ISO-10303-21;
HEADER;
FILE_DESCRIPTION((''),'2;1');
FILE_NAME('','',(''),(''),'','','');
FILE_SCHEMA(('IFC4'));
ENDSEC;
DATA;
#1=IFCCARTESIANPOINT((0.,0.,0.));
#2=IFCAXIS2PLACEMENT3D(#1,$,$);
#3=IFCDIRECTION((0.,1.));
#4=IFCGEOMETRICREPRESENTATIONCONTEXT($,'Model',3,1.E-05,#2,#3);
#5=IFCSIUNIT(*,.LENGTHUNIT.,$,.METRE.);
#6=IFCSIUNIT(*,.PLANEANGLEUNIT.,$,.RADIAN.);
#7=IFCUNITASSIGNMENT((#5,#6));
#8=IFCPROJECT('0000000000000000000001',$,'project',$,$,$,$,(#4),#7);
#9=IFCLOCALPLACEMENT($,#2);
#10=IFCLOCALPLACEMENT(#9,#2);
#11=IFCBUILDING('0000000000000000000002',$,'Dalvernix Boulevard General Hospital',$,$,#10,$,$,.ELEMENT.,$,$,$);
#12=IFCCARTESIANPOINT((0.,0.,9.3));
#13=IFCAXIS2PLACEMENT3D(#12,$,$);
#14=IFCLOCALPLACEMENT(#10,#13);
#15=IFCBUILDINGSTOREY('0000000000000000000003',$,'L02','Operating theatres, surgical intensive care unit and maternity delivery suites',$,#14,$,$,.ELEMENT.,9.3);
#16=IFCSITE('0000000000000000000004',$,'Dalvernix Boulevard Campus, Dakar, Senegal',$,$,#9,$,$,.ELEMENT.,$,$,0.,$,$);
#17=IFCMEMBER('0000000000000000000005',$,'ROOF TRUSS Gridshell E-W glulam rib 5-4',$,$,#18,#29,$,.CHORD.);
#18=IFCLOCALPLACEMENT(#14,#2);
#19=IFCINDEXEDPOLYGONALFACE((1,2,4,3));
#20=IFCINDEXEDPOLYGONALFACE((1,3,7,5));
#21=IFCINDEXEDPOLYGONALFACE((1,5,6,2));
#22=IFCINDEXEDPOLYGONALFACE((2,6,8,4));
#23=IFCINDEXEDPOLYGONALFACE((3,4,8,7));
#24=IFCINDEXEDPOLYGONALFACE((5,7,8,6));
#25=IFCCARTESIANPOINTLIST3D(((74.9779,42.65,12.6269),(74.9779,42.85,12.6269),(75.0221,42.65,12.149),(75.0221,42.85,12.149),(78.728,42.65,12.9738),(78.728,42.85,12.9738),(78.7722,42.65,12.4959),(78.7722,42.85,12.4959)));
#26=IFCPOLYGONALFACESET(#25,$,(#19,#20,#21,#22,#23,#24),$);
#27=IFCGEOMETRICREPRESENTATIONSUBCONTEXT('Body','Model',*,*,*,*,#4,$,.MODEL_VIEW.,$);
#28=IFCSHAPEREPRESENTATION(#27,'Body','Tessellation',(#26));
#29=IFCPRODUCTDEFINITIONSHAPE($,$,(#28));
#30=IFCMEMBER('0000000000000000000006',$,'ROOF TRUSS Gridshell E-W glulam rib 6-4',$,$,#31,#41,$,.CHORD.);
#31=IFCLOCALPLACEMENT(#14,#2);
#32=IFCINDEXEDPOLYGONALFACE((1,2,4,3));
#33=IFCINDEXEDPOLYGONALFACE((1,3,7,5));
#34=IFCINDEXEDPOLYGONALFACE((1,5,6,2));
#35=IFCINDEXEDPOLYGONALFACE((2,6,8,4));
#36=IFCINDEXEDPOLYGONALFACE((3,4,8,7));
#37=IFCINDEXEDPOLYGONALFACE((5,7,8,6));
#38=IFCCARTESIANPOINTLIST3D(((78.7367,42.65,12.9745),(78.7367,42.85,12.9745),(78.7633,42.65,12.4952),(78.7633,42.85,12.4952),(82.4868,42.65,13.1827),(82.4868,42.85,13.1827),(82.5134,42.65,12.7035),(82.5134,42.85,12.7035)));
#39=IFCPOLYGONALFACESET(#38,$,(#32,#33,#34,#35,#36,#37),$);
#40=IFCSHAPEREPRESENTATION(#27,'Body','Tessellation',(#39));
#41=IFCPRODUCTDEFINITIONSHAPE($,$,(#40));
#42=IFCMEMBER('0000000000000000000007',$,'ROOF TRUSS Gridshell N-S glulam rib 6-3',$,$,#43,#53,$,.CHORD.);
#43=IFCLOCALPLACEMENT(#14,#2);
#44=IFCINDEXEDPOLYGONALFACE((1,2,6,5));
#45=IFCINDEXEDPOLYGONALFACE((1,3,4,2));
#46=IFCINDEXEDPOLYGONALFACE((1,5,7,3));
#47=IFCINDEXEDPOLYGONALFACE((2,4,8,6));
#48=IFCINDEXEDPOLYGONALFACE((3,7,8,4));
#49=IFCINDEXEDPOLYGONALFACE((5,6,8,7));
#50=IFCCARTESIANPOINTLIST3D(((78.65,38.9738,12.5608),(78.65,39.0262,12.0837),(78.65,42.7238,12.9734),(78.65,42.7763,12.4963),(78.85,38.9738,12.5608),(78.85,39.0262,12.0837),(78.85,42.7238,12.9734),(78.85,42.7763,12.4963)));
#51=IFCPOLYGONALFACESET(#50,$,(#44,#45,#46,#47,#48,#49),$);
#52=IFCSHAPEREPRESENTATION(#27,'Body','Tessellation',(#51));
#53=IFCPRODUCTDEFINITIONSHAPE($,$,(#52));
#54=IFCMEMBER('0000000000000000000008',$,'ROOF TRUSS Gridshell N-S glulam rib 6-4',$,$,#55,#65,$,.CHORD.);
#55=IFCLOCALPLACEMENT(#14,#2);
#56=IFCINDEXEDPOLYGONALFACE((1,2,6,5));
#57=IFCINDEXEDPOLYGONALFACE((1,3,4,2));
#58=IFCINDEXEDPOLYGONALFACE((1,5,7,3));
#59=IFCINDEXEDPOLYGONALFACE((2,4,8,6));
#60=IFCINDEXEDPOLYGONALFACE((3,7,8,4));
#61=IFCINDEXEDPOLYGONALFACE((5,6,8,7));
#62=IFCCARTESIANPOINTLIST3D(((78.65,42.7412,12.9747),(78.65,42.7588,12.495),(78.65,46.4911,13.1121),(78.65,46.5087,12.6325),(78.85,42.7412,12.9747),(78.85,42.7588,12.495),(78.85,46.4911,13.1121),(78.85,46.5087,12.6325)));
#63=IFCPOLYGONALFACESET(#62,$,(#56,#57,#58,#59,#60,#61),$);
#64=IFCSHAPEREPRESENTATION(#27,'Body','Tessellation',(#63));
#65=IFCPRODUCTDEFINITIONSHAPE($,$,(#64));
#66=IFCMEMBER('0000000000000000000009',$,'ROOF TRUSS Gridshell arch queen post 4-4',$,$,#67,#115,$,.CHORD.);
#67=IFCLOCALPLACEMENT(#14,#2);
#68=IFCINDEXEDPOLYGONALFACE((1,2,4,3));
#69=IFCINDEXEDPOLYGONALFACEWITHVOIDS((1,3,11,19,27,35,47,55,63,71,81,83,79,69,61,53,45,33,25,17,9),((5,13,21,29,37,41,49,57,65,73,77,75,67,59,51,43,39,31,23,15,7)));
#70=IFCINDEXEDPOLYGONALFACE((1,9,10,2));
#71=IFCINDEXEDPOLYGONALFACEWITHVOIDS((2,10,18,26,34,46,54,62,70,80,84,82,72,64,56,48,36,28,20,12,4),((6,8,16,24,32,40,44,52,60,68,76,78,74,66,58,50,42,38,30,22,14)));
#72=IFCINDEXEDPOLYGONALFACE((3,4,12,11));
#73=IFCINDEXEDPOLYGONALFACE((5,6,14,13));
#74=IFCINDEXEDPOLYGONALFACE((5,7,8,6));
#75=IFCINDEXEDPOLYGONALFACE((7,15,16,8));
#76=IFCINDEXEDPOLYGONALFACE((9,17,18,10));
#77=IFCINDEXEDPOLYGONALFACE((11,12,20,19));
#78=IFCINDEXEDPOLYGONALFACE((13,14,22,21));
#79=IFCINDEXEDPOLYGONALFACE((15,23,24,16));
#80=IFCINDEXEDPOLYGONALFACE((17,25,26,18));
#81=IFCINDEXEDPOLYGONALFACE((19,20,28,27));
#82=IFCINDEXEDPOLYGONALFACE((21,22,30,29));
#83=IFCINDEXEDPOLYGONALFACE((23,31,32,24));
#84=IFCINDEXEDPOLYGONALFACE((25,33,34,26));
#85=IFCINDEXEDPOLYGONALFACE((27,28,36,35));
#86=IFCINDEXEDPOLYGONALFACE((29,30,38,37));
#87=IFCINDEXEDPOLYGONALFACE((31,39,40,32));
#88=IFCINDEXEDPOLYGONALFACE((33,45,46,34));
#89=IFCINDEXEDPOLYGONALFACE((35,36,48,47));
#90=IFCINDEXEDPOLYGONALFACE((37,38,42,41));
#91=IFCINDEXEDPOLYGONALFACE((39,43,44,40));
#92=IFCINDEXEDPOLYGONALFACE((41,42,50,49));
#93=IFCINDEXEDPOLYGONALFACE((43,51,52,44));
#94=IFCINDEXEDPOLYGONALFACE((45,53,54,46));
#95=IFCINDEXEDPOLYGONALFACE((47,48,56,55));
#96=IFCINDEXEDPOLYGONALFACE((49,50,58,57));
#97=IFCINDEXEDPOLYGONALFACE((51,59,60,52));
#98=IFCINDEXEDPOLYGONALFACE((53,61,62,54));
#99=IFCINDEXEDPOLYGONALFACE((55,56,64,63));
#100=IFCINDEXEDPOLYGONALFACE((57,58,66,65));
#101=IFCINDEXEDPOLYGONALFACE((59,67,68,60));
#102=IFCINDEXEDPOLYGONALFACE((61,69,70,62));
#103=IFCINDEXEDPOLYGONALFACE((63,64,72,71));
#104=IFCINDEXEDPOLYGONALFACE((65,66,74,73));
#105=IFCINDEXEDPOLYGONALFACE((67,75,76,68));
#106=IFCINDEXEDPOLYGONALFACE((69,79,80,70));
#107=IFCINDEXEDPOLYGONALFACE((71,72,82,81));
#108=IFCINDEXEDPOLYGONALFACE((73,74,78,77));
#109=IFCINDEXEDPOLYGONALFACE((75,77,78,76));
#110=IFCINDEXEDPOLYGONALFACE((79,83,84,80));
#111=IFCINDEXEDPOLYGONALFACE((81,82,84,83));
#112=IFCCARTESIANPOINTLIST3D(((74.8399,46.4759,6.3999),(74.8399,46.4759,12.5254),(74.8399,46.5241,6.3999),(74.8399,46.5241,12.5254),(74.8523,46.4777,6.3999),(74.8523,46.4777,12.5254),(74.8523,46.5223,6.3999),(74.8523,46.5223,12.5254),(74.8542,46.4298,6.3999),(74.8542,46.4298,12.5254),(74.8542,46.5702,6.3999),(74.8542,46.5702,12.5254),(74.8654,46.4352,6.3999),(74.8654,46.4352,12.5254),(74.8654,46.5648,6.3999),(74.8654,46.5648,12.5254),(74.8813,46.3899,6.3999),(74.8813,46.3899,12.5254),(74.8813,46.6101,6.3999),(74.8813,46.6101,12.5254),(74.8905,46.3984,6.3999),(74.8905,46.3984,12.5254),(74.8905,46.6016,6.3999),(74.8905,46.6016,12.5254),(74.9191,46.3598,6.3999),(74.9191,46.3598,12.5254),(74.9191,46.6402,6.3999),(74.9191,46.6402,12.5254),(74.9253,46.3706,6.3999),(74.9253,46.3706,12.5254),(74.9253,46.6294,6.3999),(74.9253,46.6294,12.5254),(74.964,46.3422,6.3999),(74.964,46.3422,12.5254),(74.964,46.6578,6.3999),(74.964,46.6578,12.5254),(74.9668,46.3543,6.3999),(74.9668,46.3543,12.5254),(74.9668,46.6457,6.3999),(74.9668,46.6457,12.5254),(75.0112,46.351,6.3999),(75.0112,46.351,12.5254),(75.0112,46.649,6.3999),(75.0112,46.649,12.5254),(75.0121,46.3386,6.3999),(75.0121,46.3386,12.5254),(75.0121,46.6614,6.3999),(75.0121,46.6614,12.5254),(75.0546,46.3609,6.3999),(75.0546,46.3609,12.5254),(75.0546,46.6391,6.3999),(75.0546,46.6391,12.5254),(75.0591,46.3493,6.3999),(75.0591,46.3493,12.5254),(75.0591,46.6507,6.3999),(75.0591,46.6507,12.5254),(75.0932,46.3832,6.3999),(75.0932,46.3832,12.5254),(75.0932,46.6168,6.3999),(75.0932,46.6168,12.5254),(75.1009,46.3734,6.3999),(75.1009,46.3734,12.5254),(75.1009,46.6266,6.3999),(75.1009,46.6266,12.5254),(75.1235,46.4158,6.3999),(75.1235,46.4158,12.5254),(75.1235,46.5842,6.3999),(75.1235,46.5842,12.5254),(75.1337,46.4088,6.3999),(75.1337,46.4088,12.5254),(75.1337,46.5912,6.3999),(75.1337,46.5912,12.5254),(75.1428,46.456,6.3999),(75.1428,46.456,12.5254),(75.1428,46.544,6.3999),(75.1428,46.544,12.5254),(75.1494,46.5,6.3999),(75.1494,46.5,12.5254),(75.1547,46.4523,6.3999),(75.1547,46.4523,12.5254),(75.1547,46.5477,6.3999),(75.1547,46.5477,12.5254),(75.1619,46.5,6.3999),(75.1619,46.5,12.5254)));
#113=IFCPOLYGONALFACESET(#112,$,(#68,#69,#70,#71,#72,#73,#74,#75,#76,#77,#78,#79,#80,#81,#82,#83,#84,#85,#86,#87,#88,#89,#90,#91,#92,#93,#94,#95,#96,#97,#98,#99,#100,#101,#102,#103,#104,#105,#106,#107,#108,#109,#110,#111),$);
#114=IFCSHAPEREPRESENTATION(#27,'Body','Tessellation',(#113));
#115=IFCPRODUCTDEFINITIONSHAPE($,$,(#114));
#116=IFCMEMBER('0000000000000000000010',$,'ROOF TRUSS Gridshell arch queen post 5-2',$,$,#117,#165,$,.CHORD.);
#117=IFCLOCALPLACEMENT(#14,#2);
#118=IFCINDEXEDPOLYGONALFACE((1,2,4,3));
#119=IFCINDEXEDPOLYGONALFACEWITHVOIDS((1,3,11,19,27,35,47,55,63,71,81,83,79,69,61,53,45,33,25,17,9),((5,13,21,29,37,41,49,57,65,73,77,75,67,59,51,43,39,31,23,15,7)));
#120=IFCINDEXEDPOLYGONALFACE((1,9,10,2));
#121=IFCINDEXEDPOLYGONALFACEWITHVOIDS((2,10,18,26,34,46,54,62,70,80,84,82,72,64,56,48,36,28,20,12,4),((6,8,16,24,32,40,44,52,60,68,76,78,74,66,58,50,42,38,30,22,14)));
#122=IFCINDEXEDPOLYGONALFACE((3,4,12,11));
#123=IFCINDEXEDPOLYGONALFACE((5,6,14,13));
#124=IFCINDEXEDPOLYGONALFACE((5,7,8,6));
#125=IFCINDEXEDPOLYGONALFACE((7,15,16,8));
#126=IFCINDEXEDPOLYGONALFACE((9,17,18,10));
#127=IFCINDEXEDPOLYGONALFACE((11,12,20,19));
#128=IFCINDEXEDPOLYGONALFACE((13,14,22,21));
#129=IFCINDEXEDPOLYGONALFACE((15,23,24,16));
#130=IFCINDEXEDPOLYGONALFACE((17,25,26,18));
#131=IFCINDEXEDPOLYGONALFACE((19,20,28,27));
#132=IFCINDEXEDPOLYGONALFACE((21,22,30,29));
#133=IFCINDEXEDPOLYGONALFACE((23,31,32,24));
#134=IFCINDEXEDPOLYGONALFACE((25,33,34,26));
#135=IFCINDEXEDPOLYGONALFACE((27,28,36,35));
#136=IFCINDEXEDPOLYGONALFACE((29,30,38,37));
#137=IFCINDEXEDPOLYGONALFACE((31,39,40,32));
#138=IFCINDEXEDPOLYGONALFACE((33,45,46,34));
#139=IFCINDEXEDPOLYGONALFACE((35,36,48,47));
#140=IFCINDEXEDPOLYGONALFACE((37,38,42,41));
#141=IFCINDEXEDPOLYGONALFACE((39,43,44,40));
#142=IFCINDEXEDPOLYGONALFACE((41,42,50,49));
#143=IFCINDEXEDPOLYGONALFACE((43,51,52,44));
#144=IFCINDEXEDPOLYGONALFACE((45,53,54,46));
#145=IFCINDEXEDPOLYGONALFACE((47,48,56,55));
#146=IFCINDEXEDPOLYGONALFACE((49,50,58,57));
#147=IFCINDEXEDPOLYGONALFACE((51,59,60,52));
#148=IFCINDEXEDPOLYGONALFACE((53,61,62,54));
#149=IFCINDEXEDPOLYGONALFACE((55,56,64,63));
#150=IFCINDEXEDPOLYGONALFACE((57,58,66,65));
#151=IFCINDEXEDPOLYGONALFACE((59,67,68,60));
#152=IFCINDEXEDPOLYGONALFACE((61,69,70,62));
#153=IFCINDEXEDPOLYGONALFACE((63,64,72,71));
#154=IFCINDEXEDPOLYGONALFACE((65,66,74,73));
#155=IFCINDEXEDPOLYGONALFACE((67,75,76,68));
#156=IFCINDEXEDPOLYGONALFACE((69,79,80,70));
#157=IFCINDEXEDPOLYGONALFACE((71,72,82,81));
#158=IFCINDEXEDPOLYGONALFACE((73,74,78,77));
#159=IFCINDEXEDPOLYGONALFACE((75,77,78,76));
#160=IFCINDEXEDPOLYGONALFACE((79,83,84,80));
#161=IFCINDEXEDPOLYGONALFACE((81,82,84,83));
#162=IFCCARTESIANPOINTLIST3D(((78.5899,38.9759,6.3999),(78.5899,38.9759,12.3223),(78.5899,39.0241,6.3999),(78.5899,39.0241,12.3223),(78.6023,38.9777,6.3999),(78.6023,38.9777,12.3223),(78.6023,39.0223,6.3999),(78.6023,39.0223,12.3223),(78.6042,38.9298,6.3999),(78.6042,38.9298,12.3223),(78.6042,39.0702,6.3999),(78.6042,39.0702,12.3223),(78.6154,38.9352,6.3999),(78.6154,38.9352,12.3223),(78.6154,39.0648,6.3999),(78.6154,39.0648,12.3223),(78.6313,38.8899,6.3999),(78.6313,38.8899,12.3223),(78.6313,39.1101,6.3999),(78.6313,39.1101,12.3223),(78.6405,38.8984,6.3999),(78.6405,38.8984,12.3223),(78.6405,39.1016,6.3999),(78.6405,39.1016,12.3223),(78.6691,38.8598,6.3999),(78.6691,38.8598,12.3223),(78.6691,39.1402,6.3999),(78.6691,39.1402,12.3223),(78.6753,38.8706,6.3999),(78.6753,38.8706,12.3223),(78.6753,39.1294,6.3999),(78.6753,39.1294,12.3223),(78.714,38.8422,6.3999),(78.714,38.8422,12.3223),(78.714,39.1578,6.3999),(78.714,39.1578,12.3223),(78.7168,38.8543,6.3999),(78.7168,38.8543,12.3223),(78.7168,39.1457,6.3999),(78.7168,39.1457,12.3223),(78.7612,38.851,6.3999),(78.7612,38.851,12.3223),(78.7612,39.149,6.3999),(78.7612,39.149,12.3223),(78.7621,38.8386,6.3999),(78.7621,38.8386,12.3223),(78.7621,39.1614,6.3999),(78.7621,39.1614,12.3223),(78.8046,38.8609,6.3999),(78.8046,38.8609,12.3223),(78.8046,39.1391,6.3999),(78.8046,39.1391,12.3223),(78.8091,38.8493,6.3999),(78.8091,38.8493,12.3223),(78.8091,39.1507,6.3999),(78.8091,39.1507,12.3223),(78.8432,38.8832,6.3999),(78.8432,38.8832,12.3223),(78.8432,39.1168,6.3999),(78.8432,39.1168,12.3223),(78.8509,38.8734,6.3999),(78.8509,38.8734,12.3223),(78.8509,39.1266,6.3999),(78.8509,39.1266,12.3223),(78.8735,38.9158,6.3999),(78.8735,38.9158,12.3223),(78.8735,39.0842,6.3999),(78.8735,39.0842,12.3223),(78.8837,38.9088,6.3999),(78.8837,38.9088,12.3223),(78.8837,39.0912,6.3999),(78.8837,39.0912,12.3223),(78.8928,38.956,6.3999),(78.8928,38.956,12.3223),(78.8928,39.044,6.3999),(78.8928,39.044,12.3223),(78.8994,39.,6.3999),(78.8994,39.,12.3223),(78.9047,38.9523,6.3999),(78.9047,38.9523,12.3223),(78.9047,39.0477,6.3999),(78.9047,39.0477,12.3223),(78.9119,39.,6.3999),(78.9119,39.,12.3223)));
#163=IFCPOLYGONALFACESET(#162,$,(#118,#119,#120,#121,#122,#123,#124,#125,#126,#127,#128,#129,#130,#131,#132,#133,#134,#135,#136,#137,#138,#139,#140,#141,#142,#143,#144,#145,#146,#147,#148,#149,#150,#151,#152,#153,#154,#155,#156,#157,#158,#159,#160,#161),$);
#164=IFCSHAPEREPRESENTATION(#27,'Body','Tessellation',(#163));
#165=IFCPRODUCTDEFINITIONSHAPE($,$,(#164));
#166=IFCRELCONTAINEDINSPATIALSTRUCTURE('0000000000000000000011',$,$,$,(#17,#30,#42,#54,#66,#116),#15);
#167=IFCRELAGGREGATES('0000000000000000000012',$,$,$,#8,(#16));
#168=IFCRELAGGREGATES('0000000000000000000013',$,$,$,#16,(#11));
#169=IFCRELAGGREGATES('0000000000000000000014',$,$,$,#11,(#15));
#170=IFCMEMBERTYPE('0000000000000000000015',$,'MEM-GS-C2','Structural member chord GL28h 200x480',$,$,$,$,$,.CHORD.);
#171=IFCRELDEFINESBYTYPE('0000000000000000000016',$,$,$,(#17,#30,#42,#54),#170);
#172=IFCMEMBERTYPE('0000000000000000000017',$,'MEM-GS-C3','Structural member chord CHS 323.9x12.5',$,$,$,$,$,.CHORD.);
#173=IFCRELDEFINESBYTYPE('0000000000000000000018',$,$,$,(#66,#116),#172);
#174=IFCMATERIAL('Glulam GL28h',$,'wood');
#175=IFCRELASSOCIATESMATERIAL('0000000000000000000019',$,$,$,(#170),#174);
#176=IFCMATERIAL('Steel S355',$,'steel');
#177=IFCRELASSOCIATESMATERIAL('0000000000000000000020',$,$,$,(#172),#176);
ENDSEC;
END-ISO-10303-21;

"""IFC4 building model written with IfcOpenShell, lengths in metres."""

from ifc_helpers import new_model, si_unit, direction, frame, origin, origin_2d, place, context, subcontext, project, spatial, rectangle, hollow_circle, extrude, material, material_profile, profile_set, type_object, element, save


model = new_model("IFC4")

# Units and contexts
model_context = context("Model", 3, precision=1e-05, world=origin(), true_north=direction((0.0, 1.0)))
body_context = subcontext(model_context, "Body", "Model", "MODEL_VIEW")
ifc_project = project(units=[si_unit("LENGTHUNIT", "METRE"), si_unit("PLANEANGLEUNIT", "RADIAN")], contexts=[model_context])

# Site, building, storey
site_placement = place(None, origin())
site = spatial("IfcSite", under=ifc_project, at=site_placement, Name="Dalvernix Boulevard Campus, Dakar, Senegal", CompositionType="ELEMENT", RefElevation=0.0)
building_placement = place(site_placement, origin())
building = spatial("IfcBuilding", under=site, at=building_placement, Name="Dalvernix Boulevard General Hospital", CompositionType="ELEMENT")
storey_placement = place(building_placement, frame((0.0, 0.0, 9.3)))
storey = spatial("IfcBuildingStorey", under=building, at=storey_placement, Name="L02", Description="Operating theatres, surgical intensive care unit and maternity delivery suites", CompositionType="ELEMENT", Elevation=9.3)

# Shared definitions
ifc_material_1 = material(Name="Steel S355", Category="steel")

# Members
ifc_material_2 = material(Name="Glulam GL28h", Category="wood")
ifc_material_profile_1 = material_profile(ifc_material_2, rectangle(XDim=0.2, YDim=0.48, at=origin_2d()), Name="GL28h 200x480")
ifc_profile_set_1 = profile_set([ifc_material_profile_1], Name="Glulam GL28h")
member_type_1 = type_object("IfcMemberType", Name="MEM-GS-C2", Description="Structural member chord GL28h 200x480", PredefinedType="CHORD", material=ifc_profile_set_1)
member_1_placement = place(storey_placement, frame((75.0, 42.75, 12.3879), z_axis=(0.995748, 0.0, 0.09212), x_axis=(0.0, 1.0, 0.0)))
element("IfcMember", 1, at=member_1_placement, inside=storey, type_object=member_type_1, Name="ROOF TRUSS Gridshell E-W glulam rib 5-4", PredefinedType="CHORD", context=body_context, shape_type="SweptSolid", body=[
    extrude(rectangle(XDim=0.2, YDim=0.48, at=origin_2d()), origin(), (0.0, 0.0, 1.0), 3.7661),
])
member_2_placement = place(storey_placement, frame((78.75, 42.75, 12.7349), z_axis=(0.998462, 0.0, 0.055448), x_axis=(0.0, 1.0, 0.0)))
element("IfcMember", 2, at=member_2_placement, inside=storey, type_object=member_type_1, Name="ROOF TRUSS Gridshell E-W glulam rib 6-4", PredefinedType="CHORD", context=body_context, shape_type="SweptSolid", body=[
    extrude(rectangle(XDim=0.2, YDim=0.48, at=origin_2d()), origin(), (0.0, 0.0, 1.0), 3.7559),
])
member_3_placement = place(storey_placement, frame((78.75, 39.0, 12.3223), z_axis=(0.0, 0.994002, 0.109366), x_axis=(-1.0, 0.0, 0.0)))
element("IfcMember", 3, at=member_3_placement, inside=storey, type_object=member_type_1, Name="ROOF TRUSS Gridshell N-S glulam rib 6-3", PredefinedType="CHORD", context=body_context, shape_type="SweptSolid", body=[
    extrude(rectangle(XDim=0.2, YDim=0.48, at=origin_2d()), origin(), (0.0, 0.0, 1.0), 3.7727),
])
member_4_placement = place(storey_placement, frame((78.75, 42.75, 12.7349), z_axis=(0.0, 0.999329, 0.036629), x_axis=(-1.0, 0.0, 0.0)))
element("IfcMember", 4, at=member_4_placement, inside=storey, type_object=member_type_1, Name="ROOF TRUSS Gridshell N-S glulam rib 6-4", PredefinedType="CHORD", context=body_context, shape_type="SweptSolid", body=[
    extrude(rectangle(XDim=0.2, YDim=0.48, at=origin_2d()), origin(), (0.0, 0.0, 1.0), 3.7524),
])
ifc_material_profile_2 = material_profile(ifc_material_1, hollow_circle(Radius=0.1619, WallThickness=0.0125, at=origin_2d()), Name="CHS 323.9x12.5")
ifc_profile_set_2 = profile_set([ifc_material_profile_2], Name="Steel S355")
member_type_2 = type_object("IfcMemberType", Name="MEM-GS-C3", Description="Structural member chord CHS 323.9x12.5", PredefinedType="CHORD", material=ifc_profile_set_2)
member_5_placement = place(storey_placement, frame((75.0, 46.5, 6.3999), z_axis=(0.0, 0.0, 1.0), x_axis=(1.0, 0.0, 0.0)))
element("IfcMember", 5, at=member_5_placement, inside=storey, type_object=member_type_2, Name="ROOF TRUSS Gridshell arch queen post 4-4", PredefinedType="CHORD", context=body_context, shape_type="SweptSolid", body=[
    extrude(hollow_circle(Radius=0.1619, WallThickness=0.0125, at=origin_2d()), origin(), (0.0, 0.0, 1.0), 6.1255),
])
member_6_placement = place(storey_placement, frame((78.75, 39.0, 6.3999), z_axis=(0.0, 0.0, 1.0), x_axis=(1.0, 0.0, 0.0)))
element("IfcMember", 6, at=member_6_placement, inside=storey, type_object=member_type_2, Name="ROOF TRUSS Gridshell arch queen post 5-2", PredefinedType="CHORD", context=body_context, shape_type="SweptSolid", body=[
    extrude(hollow_circle(Radius=0.1619, WallThickness=0.0125, at=origin_2d()), origin(), (0.0, 0.0, 1.0), 5.9224),
])

save(model, "model.ifc")
